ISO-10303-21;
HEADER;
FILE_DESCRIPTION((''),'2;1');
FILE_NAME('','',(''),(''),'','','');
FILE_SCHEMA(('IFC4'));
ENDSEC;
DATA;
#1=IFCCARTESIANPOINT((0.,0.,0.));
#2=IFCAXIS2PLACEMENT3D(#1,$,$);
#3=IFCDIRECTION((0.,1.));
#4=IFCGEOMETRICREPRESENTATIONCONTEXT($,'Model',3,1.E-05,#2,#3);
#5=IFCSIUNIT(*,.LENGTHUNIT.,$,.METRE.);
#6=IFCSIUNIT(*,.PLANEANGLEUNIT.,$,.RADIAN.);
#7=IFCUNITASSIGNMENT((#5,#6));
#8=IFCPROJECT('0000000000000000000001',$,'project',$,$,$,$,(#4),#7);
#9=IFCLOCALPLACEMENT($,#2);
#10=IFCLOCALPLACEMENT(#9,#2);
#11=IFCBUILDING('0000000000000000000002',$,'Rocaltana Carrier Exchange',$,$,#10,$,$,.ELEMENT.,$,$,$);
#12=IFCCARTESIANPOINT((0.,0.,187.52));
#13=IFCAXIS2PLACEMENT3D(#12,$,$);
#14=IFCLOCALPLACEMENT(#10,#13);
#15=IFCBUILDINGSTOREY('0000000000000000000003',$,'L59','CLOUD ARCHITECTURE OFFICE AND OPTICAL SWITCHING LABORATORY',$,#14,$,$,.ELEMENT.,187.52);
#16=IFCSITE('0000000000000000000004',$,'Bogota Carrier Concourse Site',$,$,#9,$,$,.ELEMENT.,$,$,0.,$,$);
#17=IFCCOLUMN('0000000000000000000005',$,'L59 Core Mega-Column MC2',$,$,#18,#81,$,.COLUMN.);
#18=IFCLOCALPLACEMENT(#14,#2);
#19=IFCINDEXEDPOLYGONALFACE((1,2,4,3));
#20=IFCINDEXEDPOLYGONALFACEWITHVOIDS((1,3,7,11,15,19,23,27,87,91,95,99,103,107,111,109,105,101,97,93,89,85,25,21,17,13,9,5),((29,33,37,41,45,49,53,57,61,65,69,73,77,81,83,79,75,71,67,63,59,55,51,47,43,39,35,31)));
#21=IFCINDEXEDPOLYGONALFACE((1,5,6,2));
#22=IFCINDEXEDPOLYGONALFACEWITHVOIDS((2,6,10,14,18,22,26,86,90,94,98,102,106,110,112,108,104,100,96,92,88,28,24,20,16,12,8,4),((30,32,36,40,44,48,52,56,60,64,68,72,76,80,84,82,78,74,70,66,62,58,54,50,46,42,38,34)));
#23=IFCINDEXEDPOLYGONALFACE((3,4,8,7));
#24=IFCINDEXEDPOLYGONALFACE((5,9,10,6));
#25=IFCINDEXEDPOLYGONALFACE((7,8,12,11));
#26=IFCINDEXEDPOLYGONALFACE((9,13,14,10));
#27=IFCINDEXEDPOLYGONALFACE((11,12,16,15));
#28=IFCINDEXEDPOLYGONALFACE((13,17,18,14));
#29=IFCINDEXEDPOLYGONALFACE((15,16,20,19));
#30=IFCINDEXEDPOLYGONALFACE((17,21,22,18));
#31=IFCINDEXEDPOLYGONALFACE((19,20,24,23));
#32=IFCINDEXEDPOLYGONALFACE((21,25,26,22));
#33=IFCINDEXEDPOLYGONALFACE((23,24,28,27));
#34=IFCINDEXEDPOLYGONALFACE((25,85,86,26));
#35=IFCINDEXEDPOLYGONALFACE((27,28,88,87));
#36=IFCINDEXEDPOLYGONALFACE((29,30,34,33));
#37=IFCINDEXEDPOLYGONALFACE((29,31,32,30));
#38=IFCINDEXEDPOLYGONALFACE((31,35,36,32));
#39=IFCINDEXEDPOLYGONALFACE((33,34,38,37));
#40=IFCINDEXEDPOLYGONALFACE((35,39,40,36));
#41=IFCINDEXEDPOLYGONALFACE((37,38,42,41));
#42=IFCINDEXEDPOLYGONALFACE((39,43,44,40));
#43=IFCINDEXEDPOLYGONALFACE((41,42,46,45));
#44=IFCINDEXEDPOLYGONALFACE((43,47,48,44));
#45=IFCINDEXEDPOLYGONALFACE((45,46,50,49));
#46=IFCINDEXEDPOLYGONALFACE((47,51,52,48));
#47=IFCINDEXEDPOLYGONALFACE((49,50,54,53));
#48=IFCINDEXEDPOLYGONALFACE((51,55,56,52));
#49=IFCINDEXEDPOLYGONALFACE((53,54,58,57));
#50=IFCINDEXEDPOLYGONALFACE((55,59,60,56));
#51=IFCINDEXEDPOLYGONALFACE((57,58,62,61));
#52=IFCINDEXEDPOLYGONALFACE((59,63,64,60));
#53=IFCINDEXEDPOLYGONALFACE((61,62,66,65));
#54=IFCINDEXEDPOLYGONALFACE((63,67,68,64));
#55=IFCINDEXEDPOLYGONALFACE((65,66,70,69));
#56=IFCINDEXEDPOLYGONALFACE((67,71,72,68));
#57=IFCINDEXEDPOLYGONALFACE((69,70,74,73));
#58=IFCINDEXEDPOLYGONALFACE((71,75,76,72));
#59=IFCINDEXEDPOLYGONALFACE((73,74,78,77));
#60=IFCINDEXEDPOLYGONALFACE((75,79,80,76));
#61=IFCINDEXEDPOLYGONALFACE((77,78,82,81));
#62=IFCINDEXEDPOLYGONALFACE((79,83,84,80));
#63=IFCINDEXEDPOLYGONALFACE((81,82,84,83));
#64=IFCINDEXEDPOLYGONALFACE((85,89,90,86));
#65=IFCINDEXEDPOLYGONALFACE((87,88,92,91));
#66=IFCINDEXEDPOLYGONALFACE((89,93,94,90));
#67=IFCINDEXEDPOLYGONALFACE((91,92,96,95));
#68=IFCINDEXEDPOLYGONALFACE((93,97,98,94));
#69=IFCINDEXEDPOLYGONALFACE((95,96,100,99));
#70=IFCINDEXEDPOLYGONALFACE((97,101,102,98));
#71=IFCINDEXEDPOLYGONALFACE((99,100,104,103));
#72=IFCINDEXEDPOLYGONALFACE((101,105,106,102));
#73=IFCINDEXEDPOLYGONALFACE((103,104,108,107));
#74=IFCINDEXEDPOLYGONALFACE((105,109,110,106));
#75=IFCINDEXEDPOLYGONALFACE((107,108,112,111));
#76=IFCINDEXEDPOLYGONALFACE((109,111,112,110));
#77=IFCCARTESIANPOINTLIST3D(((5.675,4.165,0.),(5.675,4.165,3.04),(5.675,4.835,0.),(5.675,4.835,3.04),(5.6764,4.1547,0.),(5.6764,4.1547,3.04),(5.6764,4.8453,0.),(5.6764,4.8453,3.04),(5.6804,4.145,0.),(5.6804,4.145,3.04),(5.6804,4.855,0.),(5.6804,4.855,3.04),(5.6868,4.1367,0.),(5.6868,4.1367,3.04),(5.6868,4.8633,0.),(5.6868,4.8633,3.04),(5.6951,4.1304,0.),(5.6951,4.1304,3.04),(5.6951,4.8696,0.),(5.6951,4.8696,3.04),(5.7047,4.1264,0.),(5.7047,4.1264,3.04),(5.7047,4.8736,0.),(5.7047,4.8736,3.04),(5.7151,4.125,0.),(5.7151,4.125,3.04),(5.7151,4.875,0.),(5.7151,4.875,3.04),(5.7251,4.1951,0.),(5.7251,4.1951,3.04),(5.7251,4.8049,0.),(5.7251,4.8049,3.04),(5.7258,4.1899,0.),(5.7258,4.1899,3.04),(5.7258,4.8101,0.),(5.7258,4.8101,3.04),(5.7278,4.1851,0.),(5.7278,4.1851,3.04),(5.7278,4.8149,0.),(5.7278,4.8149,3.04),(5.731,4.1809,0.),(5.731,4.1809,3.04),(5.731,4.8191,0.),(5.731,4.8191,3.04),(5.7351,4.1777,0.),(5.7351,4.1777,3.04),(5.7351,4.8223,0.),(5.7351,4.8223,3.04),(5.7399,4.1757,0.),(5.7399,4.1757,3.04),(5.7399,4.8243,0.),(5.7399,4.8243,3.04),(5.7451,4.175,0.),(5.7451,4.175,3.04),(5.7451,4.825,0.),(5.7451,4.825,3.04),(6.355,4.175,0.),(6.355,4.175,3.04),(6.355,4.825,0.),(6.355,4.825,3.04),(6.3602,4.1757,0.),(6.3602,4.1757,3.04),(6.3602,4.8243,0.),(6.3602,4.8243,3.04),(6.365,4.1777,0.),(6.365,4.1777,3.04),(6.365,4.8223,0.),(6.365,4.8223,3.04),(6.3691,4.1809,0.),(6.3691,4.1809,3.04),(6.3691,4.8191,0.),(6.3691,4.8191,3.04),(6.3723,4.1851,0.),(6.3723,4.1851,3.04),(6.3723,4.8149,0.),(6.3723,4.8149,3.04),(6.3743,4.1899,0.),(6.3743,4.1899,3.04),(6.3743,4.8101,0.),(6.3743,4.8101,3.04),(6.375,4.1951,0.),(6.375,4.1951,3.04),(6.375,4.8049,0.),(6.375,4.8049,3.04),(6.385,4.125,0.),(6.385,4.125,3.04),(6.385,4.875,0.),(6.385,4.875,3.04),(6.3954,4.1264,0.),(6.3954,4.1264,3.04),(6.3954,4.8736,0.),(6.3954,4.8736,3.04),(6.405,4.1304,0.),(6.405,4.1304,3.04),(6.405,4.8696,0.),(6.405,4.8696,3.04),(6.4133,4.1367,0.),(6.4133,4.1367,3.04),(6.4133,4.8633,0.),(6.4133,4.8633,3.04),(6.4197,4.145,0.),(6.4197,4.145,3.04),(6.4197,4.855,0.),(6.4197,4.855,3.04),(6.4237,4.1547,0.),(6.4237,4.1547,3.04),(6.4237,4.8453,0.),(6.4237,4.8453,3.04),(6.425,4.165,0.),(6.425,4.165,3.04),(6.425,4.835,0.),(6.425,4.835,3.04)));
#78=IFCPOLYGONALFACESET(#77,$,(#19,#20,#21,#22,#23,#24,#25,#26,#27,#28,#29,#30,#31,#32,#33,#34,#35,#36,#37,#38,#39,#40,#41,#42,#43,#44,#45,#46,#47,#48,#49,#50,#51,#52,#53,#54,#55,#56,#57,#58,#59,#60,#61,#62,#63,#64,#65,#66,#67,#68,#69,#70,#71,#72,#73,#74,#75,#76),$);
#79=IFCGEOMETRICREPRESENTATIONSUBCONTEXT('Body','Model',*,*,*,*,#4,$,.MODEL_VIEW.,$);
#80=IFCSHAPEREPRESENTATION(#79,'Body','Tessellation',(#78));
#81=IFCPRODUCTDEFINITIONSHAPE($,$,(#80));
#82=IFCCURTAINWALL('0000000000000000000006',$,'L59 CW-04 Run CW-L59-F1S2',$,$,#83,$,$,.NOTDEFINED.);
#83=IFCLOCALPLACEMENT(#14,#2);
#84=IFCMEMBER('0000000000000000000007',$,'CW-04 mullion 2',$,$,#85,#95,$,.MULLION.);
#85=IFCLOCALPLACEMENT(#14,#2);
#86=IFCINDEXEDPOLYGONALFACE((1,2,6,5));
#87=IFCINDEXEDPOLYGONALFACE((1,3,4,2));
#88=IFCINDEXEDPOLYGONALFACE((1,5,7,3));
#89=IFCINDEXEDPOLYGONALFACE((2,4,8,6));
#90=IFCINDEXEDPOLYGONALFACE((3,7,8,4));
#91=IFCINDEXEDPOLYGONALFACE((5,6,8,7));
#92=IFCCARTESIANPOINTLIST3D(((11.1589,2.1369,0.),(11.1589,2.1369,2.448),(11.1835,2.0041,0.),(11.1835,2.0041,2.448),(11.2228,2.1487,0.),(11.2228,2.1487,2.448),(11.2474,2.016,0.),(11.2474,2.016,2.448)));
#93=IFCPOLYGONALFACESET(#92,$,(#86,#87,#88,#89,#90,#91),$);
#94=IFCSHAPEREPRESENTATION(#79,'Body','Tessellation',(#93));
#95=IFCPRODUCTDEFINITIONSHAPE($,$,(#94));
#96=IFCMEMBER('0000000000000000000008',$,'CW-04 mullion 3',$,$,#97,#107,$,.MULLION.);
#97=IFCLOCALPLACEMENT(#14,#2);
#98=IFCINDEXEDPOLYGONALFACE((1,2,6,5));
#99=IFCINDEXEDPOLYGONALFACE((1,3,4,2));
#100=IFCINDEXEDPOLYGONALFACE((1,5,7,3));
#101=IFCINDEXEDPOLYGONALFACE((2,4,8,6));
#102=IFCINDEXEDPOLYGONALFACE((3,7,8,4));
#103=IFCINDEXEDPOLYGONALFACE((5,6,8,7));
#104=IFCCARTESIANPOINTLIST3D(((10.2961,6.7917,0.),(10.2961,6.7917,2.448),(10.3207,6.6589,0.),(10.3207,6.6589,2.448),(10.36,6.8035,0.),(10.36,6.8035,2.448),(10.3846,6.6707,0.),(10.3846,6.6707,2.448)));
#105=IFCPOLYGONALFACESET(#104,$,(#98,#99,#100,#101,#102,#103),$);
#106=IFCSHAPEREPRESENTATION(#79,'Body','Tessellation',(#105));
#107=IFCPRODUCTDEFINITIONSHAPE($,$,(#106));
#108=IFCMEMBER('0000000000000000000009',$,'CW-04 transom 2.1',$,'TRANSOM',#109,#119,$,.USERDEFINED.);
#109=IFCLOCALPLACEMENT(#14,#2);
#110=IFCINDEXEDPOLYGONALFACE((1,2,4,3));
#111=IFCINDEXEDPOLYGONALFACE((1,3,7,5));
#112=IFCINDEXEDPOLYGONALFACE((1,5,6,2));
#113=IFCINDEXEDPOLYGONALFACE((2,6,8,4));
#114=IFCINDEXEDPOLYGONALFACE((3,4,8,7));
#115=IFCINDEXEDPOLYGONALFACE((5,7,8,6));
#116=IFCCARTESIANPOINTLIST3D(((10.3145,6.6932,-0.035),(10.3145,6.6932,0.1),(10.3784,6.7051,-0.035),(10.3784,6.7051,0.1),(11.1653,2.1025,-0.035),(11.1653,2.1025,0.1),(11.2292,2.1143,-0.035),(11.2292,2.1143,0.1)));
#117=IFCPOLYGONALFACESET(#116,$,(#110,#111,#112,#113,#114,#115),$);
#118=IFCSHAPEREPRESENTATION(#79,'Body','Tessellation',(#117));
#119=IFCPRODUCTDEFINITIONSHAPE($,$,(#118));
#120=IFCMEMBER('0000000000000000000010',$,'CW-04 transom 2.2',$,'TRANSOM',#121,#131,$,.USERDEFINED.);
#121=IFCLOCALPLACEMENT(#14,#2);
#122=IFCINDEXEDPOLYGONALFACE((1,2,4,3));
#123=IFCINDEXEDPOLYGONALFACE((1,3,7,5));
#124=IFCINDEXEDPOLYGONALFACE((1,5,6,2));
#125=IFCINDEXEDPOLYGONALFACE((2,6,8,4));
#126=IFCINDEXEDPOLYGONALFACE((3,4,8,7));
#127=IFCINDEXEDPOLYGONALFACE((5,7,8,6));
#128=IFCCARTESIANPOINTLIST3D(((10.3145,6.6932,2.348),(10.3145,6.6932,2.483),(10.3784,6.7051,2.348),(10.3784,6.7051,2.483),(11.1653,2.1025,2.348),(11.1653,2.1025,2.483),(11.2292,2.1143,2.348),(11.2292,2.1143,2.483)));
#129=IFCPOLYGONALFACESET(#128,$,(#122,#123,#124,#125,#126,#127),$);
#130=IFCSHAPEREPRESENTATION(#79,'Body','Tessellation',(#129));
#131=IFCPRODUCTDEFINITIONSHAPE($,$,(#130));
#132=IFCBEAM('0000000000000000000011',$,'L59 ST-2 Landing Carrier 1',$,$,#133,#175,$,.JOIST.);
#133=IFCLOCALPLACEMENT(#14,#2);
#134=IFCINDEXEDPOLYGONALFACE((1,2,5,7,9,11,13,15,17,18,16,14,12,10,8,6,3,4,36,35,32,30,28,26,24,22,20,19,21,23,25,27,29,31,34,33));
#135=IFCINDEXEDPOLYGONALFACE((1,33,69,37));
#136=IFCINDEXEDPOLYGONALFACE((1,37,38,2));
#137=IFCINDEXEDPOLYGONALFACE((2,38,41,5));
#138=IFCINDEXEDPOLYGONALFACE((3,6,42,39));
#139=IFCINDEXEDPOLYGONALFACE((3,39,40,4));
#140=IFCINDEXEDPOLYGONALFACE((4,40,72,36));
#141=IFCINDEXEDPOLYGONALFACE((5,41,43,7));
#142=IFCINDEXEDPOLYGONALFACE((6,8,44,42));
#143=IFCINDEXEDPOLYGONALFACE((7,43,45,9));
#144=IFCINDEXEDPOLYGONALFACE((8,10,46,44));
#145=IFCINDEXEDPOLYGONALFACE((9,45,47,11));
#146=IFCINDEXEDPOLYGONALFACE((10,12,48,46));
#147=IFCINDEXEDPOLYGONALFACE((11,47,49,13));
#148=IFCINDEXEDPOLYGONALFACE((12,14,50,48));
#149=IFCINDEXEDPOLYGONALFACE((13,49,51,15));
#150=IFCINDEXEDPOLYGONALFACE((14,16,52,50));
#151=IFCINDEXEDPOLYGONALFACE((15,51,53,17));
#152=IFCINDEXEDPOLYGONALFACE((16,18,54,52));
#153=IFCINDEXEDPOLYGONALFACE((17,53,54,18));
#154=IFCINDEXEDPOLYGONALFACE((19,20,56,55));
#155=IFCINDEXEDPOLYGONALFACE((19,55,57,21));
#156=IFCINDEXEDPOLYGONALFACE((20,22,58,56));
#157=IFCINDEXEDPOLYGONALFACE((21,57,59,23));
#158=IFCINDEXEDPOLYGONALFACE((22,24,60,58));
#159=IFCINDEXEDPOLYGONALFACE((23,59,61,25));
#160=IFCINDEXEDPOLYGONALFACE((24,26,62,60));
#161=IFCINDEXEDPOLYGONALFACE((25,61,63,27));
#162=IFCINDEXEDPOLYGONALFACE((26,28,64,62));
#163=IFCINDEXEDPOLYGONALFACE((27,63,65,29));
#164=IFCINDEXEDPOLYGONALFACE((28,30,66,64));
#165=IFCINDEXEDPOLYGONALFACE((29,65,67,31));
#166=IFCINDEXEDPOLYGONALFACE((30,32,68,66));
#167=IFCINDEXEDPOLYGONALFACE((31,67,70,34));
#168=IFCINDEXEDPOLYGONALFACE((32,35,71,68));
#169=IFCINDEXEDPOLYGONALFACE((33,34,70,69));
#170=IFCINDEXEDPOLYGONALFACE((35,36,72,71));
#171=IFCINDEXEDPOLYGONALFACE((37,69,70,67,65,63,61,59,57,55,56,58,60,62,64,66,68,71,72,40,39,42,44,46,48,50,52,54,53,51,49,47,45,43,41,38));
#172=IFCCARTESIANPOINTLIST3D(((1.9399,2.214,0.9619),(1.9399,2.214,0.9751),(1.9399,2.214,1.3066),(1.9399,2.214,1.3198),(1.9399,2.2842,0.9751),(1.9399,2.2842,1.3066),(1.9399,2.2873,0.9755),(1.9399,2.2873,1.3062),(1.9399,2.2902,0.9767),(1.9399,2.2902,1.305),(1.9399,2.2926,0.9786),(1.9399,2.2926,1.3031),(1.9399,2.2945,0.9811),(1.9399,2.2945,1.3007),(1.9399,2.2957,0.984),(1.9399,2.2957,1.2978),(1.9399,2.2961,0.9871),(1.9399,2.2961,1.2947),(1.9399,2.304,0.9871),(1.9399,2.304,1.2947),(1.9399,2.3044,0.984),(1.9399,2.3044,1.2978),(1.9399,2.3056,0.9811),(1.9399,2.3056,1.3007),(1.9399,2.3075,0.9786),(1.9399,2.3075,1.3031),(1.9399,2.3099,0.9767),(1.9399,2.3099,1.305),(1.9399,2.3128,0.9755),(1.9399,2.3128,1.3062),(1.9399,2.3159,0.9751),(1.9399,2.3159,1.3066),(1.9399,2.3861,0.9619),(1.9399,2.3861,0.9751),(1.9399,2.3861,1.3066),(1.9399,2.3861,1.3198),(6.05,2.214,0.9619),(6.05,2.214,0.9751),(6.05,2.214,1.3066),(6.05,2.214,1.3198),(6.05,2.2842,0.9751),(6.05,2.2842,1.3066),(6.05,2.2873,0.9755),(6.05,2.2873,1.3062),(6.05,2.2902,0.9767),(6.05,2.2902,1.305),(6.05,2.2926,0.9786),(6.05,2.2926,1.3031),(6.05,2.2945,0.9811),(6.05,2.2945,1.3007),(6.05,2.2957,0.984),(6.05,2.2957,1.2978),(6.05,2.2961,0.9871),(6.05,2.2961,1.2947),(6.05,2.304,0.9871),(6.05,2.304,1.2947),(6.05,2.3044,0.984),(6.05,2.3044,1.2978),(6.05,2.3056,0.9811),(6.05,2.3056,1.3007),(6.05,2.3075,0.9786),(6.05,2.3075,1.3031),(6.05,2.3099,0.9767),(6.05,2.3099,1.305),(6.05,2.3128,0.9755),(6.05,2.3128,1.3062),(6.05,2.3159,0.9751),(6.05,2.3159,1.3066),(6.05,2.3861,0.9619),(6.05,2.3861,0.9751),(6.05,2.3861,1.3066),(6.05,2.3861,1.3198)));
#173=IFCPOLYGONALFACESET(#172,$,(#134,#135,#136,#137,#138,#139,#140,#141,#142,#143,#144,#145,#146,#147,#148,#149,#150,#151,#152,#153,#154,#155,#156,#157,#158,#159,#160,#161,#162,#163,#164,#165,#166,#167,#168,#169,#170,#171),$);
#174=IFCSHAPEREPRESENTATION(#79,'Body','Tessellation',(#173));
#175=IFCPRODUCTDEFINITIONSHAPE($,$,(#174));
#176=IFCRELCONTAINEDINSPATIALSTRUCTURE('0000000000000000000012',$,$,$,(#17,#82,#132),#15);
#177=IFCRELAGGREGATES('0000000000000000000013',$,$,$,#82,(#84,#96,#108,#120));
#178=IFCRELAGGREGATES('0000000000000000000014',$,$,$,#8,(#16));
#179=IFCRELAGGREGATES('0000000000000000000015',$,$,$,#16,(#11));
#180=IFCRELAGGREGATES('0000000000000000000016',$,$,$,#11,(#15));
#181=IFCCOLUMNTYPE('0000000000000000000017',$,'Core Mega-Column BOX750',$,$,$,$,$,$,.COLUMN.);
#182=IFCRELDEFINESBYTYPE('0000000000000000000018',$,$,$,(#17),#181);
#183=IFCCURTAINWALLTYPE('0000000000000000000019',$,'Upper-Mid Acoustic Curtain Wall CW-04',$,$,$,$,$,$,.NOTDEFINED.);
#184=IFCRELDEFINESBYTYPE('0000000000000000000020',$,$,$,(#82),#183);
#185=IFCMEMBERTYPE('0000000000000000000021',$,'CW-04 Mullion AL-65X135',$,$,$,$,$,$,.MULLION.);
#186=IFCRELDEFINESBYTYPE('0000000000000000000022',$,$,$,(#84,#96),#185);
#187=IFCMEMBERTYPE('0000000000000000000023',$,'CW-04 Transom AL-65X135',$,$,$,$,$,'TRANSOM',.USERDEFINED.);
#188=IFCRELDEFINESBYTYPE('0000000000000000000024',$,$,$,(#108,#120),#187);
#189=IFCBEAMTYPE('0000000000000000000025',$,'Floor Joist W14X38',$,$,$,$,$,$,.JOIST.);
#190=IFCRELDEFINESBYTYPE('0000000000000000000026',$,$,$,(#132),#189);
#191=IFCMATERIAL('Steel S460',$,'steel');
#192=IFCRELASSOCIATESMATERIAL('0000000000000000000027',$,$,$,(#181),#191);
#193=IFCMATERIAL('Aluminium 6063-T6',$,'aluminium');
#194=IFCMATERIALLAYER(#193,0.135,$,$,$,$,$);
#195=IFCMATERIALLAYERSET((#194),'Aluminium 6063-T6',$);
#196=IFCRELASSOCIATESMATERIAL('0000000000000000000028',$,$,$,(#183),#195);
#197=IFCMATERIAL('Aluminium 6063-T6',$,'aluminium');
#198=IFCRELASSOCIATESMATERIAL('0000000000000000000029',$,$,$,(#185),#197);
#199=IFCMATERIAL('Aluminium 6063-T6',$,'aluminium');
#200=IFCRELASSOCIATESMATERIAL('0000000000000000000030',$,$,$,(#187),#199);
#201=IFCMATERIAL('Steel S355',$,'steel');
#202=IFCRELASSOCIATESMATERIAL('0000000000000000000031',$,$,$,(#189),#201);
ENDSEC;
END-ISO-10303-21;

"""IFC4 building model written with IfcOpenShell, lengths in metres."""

from ifc_helpers import new_model, si_unit, direction, frame, origin, origin_2d, place, context, subcontext, project, spatial, rectangle, hollow_rectangle, i_section, extrude, material, layer, layer_set, material_profile, profile_set, type_object, element, aggregate, save


model = new_model("IFC4")

# Units and contexts
model_context = context("Model", 3, precision=1e-05, world=origin(), true_north=direction((0.0, 1.0)))
body_context = subcontext(model_context, "Body", "Model", "MODEL_VIEW")
ifc_project = project(units=[si_unit("LENGTHUNIT", "METRE"), si_unit("PLANEANGLEUNIT", "RADIAN")], contexts=[model_context])

# Site, building, storey
site_placement = place(None, origin())
site = spatial("IfcSite", under=ifc_project, at=site_placement, Name="Bogota Carrier Concourse Site", CompositionType="ELEMENT", RefElevation=0.0)
building_placement = place(site_placement, origin())
building = spatial("IfcBuilding", under=site, at=building_placement, Name="Rocaltana Carrier Exchange", CompositionType="ELEMENT")
storey_placement = place(building_placement, frame((0.0, 0.0, 187.52)))
storey = spatial("IfcBuildingStorey", under=building, at=storey_placement, Name="L59", Description="CLOUD ARCHITECTURE OFFICE AND OPTICAL SWITCHING LABORATORY", CompositionType="ELEMENT", Elevation=187.52)

# Column
ifc_material_1 = material(Name="Steel S460", Category="steel")
ifc_material_profile_1 = material_profile(ifc_material_1, hollow_rectangle(XDim=0.75, YDim=0.75, WallThickness=0.05, InnerFilletRadius=0.02, OuterFilletRadius=0.04, at=origin_2d()), Name="BOX750X750X50")
ifc_profile_set_1 = profile_set([ifc_material_profile_1], Name="Steel S460")
column_type = type_object("IfcColumnType", Name="Core Mega-Column BOX750", PredefinedType="COLUMN", material=ifc_profile_set_1)
column_placement = place(storey_placement, frame((6.05, 4.5, 0.0), z_axis=(0.0, 0.0, 1.0), x_axis=(1.0, 0.0, 0.0)))
element("IfcColumn", 1, at=column_placement, inside=storey, type_object=column_type, Name="L59 Core Mega-Column MC2", PredefinedType="COLUMN", context=body_context, shape_type="SweptSolid", body=[
    extrude(hollow_rectangle(XDim=0.75, YDim=0.75, WallThickness=0.05, InnerFilletRadius=0.02, OuterFilletRadius=0.04, at=origin_2d()), origin(), (0.0, 0.0, 1.0), 3.04),
])

# Curtain wall, members
ifc_material_2 = material(Name="Aluminium 6063-T6", Category="aluminium")
ifc_layer_1 = layer(ifc_material_2, 0.135)
ifc_layer_set_1 = layer_set([ifc_layer_1], Name="Aluminium 6063-T6")
curtain_wall_type = type_object("IfcCurtainWallType", Name="Upper-Mid Acoustic Curtain Wall CW-04", PredefinedType="NOTDEFINED", material=ifc_layer_set_1)
curtain_wall_placement = place(storey_placement, origin())
curtain_wall = element("IfcCurtainWall", 2, at=curtain_wall_placement, inside=storey, type_object=curtain_wall_type, Name="L59 CW-04 Run CW-L59-F1S2", PredefinedType="NOTDEFINED")
ifc_material_3 = material(Name="Aluminium 6063-T6", Category="aluminium")
ifc_material_profile_2 = material_profile(ifc_material_3, rectangle(XDim=0.0649, YDim=0.135, at=origin_2d()), Name="AL-65X135")
ifc_profile_set_2 = profile_set([ifc_material_profile_2], Name="Aluminium 6063-T6")
member_type_1 = type_object("IfcMemberType", Name="CW-04 Mullion AL-65X135", PredefinedType="MULLION", material=ifc_profile_set_2)
member_1_placement = place(storey_placement, frame((11.2031, 2.0764, 0.0), z_axis=(0.0, 0.0, 1.0), x_axis=(-0.983255, -0.182236, 0.0)))
member_1 = element("IfcMember", 3, at=member_1_placement, type_object=member_type_1, Name="CW-04 mullion 2", PredefinedType="MULLION", context=body_context, shape_type="SweptSolid", body=[
    extrude(rectangle(XDim=0.0649, YDim=0.135, at=origin_2d()), origin(), (0.0, 0.0, 1.0), 2.448),
])
member_2_placement = place(storey_placement, frame((10.3403, 6.7312, 0.0), z_axis=(0.0, 0.0, 1.0), x_axis=(-0.983255, -0.182236, 0.0)))
member_2 = element("IfcMember", 4, at=member_2_placement, type_object=member_type_1, Name="CW-04 mullion 3", PredefinedType="MULLION", context=body_context, shape_type="SweptSolid", body=[
    extrude(rectangle(XDim=0.0649, YDim=0.135, at=origin_2d()), origin(), (0.0, 0.0, 1.0), 2.448),
])
ifc_material_4 = material(Name="Aluminium 6063-T6", Category="aluminium")
ifc_material_profile_3 = material_profile(ifc_material_4, rectangle(XDim=0.0649, YDim=0.135, at=origin_2d()), Name="AL-65X135")
ifc_profile_set_3 = profile_set([ifc_material_profile_3], Name="Aluminium 6063-T6")
member_type_2 = type_object("IfcMemberType", Name="CW-04 Transom AL-65X135", ElementType="TRANSOM", PredefinedType="USERDEFINED", material=ifc_profile_set_3)
member_3_placement = place(storey_placement, frame((11.1973, 2.1084, 0.0325), z_axis=(-0.18223, 0.983256, 0.0), x_axis=(-0.983256, -0.18223, 0.0)))
member_3 = element("IfcMember", 5, at=member_3_placement, type_object=member_type_2, Name="CW-04 transom 2.1", ObjectType="TRANSOM", PredefinedType="USERDEFINED", context=body_context, shape_type="SweptSolid", body=[
    extrude(rectangle(XDim=0.0649, YDim=0.135, at=origin_2d()), origin(), (0.0, 0.0, 1.0), 4.6689),
])
member_4_placement = place(storey_placement, frame((11.1973, 2.1084, 2.4155), z_axis=(-0.18223, 0.983256, 0.0), x_axis=(-0.983256, -0.18223, 0.0)))
member_4 = element("IfcMember", 6, at=member_4_placement, type_object=member_type_2, Name="CW-04 transom 2.2", ObjectType="TRANSOM", PredefinedType="USERDEFINED", context=body_context, shape_type="SweptSolid", body=[
    extrude(rectangle(XDim=0.0649, YDim=0.135, at=origin_2d()), origin(), (0.0, 0.0, 1.0), 4.6689),
])

# Beam
ifc_material_5 = material(Name="Steel S355", Category="steel")
ifc_material_profile_4 = material_profile(ifc_material_5, i_section(OverallWidth=0.1721, OverallDepth=0.3579, WebThickness=0.0078, FlangeThickness=0.0132, FilletRadius=0.012, at=origin_2d()), Name="W14X38")
ifc_profile_set_4 = profile_set([ifc_material_profile_4], Name="Steel S355")
beam_type_1 = type_object("IfcBeamType", Name="Floor Joist W14X38", PredefinedType="JOIST", material=ifc_profile_set_4)
for number, where, z_axis, x_axis, name in (
    (7, (1.9399, 2.3, 1.1409), (1.0, 0.0, 0.0), (0.0, 1.0, 0.0), "L59 ST-2 Landing Carrier 1"),
):
    element("IfcBeam", number, at=place(storey_placement, frame(where, z_axis=z_axis, x_axis=x_axis)), inside=storey, type_object=beam_type_1, Name=name, PredefinedType="JOIST", context=body_context, shape_type="SweptSolid", body=[
        extrude(i_section(OverallWidth=0.1721, OverallDepth=0.3579, WebThickness=0.0078, FlangeThickness=0.0132, FilletRadius=0.012, at=origin_2d()), origin(), (0.0, 0.0, 1.0), 4.1101),
    ])

aggregate(curtain_wall, [member_1, member_2, member_3, member_4])

save(model, "model.ifc")
